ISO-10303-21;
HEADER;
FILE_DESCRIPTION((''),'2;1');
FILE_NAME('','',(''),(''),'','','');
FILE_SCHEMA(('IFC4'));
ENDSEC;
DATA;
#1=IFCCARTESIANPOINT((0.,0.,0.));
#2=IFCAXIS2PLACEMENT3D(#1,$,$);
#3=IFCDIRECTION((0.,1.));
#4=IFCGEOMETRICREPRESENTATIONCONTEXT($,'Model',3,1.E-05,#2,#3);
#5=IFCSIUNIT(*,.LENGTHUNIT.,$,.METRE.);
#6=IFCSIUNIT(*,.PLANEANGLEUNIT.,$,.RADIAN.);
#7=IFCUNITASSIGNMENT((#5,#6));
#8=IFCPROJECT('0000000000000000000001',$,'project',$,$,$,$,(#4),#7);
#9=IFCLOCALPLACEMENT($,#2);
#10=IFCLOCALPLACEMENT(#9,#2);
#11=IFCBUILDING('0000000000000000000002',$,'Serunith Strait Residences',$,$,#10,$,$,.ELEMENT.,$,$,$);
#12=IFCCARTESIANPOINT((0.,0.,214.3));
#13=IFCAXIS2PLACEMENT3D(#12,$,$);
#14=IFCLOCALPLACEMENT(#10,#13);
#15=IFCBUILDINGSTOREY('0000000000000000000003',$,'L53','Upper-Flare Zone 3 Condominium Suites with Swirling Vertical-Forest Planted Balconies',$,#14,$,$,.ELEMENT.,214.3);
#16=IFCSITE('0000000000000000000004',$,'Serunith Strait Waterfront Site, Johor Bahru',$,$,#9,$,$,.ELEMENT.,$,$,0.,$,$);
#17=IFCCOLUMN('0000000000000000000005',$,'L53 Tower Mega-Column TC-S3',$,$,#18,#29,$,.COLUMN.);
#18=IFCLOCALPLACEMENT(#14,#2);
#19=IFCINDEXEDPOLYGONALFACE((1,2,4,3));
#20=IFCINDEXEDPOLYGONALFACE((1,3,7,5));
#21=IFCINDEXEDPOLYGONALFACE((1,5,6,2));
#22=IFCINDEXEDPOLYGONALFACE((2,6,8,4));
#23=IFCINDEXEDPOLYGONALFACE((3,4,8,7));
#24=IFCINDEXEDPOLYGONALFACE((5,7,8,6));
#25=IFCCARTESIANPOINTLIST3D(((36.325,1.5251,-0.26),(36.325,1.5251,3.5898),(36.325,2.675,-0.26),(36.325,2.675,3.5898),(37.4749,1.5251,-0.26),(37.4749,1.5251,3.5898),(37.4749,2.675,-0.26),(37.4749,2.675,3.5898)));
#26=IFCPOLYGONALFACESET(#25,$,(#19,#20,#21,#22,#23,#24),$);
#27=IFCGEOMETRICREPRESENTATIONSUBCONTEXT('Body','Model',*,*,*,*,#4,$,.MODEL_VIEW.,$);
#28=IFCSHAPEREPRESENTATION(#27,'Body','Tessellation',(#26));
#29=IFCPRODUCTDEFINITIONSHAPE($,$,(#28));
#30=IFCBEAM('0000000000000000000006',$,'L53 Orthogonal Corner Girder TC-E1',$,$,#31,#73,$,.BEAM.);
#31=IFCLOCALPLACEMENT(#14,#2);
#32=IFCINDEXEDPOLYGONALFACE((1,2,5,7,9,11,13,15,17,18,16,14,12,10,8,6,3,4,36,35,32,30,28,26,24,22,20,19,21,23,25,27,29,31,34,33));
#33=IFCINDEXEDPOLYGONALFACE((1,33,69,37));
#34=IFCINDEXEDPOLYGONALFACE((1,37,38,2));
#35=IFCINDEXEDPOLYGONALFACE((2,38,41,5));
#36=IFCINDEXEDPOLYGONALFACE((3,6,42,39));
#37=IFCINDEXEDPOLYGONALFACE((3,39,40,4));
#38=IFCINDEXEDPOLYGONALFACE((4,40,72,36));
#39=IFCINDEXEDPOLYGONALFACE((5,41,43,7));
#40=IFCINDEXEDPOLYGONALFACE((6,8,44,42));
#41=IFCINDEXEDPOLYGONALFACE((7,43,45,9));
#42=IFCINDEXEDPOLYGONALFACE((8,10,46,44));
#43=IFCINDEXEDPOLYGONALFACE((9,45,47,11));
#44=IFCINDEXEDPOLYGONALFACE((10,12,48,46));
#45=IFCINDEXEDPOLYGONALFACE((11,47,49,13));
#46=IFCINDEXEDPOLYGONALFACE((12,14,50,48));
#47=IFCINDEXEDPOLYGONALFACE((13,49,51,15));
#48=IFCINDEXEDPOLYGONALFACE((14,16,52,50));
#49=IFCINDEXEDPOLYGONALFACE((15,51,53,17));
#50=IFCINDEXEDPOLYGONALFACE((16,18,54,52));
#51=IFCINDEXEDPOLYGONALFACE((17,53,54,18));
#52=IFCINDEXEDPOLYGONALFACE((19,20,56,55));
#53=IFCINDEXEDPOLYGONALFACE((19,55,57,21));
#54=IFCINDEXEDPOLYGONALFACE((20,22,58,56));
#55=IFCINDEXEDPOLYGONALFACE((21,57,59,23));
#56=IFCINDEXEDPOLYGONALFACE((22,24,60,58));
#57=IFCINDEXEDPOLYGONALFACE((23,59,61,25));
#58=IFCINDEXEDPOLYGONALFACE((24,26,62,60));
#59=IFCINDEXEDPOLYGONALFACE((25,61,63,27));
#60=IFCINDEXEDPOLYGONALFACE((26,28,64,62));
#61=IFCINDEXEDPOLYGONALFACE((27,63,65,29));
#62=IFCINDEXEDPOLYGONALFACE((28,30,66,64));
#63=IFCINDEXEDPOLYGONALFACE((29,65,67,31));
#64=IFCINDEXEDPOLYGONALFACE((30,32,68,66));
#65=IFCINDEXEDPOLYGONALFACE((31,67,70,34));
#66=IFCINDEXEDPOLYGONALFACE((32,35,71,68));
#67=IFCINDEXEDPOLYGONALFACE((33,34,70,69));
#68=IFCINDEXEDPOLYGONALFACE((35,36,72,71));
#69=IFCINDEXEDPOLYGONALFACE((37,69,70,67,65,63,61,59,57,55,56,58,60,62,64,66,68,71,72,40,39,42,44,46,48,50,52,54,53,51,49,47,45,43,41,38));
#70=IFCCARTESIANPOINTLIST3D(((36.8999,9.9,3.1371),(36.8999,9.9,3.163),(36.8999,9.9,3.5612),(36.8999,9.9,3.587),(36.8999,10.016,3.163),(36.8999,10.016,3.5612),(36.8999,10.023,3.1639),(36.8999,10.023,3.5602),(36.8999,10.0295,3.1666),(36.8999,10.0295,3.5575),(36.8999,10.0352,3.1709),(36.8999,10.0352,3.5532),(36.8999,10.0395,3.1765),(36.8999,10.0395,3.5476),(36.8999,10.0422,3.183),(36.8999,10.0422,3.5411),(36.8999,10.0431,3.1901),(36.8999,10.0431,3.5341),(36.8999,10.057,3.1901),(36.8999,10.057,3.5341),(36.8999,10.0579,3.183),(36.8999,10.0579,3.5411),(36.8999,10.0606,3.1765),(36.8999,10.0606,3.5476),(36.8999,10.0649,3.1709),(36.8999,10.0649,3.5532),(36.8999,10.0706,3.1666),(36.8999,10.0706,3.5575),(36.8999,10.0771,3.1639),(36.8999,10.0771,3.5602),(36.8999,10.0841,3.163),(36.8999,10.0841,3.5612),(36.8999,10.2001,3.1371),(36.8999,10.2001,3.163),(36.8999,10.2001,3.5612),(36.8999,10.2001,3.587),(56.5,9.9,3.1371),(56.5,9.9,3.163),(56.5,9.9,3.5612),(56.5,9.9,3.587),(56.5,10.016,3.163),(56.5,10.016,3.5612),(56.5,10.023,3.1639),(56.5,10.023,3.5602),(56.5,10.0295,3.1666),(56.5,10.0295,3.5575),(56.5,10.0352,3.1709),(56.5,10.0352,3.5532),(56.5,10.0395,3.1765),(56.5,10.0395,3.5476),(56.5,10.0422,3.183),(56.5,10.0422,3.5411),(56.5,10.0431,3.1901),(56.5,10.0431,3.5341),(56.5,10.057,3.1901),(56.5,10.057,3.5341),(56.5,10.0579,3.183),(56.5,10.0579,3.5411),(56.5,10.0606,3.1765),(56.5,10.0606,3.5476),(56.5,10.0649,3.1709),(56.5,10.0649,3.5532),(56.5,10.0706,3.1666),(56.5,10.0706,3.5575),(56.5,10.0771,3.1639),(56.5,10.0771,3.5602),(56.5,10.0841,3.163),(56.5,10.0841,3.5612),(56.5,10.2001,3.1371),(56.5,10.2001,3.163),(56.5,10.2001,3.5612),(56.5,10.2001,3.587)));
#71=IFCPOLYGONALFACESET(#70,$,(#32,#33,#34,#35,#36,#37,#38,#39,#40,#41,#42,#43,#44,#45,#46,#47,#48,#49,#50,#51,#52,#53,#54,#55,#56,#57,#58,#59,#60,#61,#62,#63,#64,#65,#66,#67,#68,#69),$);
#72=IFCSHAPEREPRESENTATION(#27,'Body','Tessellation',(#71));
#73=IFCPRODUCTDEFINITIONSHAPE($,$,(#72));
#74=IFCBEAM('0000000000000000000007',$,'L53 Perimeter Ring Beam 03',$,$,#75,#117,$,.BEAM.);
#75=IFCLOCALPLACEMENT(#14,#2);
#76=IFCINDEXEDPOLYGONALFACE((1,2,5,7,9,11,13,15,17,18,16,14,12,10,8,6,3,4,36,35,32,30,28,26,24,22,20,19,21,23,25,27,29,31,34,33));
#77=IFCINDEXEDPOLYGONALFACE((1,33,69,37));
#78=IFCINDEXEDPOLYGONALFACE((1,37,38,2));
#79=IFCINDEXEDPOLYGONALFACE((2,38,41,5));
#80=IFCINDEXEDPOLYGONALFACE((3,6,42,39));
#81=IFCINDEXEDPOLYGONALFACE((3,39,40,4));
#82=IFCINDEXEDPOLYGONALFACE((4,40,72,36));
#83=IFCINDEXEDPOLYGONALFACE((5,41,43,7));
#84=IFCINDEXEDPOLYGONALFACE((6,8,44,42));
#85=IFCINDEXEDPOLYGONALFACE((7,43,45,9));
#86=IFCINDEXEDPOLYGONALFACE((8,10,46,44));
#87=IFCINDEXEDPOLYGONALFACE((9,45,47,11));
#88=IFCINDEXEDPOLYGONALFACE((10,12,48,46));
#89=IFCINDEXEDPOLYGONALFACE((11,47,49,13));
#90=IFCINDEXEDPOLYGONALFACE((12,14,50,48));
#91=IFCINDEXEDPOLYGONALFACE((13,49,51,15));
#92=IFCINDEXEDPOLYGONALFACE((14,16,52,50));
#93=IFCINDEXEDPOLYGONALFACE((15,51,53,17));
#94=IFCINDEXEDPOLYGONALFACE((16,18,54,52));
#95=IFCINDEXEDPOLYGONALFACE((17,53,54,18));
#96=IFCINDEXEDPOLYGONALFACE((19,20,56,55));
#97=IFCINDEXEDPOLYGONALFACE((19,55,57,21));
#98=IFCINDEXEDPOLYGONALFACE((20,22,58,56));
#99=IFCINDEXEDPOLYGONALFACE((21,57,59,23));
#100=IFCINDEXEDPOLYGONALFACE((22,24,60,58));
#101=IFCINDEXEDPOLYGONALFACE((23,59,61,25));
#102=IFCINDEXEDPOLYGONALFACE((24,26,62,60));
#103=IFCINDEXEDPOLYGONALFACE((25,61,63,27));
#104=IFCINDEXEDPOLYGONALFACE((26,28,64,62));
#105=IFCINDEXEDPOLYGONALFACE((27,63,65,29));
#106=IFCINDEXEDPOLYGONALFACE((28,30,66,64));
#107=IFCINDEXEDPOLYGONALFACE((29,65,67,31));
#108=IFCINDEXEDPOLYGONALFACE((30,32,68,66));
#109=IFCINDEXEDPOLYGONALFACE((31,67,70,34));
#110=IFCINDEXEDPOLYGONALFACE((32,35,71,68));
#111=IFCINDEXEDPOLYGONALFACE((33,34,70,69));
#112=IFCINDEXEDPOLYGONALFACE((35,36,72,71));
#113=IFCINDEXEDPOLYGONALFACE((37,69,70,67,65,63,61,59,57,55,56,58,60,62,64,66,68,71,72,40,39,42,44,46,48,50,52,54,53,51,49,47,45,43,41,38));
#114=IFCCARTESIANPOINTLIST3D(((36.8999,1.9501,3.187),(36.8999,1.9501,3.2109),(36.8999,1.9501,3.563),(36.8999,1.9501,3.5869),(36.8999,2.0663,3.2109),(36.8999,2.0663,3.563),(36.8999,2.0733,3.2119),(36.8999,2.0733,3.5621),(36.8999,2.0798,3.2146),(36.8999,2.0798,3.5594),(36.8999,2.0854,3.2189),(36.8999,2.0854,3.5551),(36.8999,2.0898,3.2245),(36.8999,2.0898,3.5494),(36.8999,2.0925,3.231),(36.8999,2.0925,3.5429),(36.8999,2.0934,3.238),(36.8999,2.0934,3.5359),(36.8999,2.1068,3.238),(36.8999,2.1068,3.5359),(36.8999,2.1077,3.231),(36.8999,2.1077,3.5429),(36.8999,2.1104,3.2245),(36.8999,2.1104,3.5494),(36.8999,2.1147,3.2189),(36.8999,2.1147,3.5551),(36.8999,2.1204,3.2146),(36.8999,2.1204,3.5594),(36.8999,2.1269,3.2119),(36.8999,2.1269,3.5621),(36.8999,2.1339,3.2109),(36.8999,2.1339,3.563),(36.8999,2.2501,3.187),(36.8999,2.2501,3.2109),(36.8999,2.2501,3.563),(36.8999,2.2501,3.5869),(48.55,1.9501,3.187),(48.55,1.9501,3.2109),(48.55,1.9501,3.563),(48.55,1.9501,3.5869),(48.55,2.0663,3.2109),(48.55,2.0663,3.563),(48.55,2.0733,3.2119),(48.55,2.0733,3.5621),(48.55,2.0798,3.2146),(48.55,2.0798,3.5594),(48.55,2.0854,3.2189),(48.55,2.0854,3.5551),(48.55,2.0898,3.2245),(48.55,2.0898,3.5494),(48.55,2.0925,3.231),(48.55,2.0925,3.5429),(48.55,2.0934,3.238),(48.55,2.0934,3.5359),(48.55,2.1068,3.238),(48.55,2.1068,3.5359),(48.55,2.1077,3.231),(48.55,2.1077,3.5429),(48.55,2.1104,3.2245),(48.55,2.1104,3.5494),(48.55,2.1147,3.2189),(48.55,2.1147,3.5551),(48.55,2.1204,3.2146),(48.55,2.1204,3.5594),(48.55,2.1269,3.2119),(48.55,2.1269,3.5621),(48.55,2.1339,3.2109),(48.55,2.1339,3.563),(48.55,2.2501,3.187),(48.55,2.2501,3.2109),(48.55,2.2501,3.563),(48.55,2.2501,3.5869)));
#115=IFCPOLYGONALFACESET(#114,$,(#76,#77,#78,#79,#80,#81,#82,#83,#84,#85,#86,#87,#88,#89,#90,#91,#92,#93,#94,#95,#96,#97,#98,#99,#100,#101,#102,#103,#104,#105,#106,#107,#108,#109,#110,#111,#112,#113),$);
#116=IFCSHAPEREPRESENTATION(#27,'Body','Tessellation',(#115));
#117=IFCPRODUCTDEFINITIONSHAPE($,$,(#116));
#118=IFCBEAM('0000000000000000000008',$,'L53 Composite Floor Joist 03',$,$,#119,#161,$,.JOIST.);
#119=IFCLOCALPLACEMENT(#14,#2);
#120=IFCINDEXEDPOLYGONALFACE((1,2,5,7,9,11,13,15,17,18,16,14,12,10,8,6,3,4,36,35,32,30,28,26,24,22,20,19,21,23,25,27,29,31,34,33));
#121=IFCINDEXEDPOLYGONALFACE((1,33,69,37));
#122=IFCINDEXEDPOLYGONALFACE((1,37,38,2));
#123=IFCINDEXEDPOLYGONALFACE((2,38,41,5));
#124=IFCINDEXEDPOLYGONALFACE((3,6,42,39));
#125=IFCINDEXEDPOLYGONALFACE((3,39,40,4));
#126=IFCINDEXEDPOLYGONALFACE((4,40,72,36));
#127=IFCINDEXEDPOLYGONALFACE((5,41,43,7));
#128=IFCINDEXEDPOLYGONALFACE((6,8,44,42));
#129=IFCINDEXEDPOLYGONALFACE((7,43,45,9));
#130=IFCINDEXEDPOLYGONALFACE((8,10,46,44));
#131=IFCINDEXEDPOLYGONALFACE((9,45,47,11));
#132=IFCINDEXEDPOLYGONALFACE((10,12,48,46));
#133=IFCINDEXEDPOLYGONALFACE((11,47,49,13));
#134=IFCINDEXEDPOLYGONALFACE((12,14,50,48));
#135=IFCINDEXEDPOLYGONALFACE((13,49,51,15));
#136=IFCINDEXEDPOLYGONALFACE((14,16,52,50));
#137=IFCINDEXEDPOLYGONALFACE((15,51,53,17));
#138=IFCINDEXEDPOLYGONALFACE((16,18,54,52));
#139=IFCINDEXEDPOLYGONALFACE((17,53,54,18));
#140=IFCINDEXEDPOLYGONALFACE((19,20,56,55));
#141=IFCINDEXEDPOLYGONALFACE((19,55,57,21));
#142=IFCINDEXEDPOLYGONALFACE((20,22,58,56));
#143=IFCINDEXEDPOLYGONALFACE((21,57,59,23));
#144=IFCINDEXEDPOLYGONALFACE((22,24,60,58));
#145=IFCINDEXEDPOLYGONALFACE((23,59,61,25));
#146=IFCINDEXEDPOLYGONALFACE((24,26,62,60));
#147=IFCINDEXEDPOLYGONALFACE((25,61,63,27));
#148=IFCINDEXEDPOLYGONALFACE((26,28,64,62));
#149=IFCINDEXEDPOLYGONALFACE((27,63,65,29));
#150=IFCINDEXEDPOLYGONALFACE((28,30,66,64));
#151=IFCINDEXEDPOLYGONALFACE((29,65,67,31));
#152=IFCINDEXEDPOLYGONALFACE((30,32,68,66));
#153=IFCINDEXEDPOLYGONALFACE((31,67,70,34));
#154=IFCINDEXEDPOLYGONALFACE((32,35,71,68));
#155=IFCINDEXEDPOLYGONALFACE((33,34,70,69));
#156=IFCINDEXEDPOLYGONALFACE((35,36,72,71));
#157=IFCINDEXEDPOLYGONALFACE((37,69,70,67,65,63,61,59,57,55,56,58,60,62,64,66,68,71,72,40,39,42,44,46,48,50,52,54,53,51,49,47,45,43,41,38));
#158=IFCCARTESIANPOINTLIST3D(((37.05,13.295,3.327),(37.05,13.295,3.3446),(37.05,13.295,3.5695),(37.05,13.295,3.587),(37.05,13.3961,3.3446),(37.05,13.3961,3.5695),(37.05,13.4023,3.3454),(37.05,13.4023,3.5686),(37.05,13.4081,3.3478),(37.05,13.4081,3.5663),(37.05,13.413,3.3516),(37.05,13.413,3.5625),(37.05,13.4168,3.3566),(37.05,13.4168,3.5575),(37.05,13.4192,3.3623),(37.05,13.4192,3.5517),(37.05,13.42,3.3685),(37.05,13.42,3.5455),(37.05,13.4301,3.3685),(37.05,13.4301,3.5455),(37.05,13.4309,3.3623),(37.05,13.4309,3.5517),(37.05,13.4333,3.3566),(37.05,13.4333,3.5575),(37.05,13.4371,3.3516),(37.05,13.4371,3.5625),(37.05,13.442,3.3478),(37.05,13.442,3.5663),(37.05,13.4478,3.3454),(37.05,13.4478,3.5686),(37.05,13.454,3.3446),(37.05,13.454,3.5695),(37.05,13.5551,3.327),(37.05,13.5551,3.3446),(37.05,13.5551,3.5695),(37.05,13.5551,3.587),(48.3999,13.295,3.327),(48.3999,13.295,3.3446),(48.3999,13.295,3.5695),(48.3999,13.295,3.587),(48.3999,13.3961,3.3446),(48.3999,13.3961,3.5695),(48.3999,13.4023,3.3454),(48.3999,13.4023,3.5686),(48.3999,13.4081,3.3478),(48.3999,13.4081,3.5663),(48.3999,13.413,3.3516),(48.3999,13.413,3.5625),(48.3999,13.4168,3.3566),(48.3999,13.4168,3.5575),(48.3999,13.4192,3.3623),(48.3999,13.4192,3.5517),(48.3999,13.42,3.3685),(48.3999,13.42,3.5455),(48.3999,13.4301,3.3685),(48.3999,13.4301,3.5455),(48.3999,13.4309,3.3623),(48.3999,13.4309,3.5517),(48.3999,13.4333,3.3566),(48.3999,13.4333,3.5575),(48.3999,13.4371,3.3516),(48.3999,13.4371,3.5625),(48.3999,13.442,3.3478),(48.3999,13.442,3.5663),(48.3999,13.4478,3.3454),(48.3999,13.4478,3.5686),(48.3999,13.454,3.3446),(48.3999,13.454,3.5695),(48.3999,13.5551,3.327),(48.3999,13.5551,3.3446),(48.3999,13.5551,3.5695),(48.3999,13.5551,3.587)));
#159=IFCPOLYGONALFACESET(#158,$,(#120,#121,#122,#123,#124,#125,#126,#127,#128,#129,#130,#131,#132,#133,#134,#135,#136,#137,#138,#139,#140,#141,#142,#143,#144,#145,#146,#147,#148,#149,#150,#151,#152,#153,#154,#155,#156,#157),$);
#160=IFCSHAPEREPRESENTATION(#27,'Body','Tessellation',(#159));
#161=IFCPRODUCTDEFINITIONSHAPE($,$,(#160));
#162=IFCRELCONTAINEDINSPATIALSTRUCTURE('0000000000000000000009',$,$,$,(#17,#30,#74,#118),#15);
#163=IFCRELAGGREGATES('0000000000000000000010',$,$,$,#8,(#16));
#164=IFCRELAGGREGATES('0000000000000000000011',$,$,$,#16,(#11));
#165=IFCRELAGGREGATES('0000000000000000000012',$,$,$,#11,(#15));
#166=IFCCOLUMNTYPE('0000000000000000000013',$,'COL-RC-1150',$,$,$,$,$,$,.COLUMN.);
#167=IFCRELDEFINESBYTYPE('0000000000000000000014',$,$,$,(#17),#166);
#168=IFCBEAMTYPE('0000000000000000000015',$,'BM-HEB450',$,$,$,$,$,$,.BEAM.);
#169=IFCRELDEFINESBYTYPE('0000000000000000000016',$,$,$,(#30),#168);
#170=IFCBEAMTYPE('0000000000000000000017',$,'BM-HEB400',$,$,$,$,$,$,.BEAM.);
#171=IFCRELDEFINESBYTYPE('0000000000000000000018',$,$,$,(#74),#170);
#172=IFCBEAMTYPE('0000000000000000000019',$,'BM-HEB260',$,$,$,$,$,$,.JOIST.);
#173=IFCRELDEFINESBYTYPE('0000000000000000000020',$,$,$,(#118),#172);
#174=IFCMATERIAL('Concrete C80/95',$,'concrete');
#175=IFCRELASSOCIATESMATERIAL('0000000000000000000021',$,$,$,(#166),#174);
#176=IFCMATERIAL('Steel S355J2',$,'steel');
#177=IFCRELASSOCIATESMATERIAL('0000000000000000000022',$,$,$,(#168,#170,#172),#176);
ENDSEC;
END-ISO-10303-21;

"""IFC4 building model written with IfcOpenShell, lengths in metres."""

from ifc_helpers import new_model, si_unit, direction, frame, origin, origin_2d, place, context, subcontext, project, spatial, rectangle, i_section, extrude, source, transform, mapped, material, material_profile, profile_set, type_object, element, save


model = new_model("IFC4")

# Units and contexts
model_context = context("Model", 3, precision=1e-05, world=origin(), true_north=direction((0.0, 1.0)))
body_context = subcontext(model_context, "Body", "Model", "MODEL_VIEW")
ifc_project = project(units=[si_unit("LENGTHUNIT", "METRE"), si_unit("PLANEANGLEUNIT", "RADIAN")], contexts=[model_context])

# Site, building, storey
site_placement = place(None, origin())
site = spatial("IfcSite", under=ifc_project, at=site_placement, Name="Serunith Strait Waterfront Site, Johor Bahru", CompositionType="ELEMENT", RefElevation=0.0)
building_placement = place(site_placement, origin())
building = spatial("IfcBuilding", under=site, at=building_placement, Name="Serunith Strait Residences", CompositionType="ELEMENT")
storey_placement = place(building_placement, frame((0.0, 0.0, 214.3)))
storey = spatial("IfcBuildingStorey", under=building, at=storey_placement, Name="L53", Description="Upper-Flare Zone 3 Condominium Suites with Swirling Vertical-Forest Planted Balconies", CompositionType="ELEMENT", Elevation=214.3)

# Column
ifc_material_1 = material(Name="Concrete C80/95", Category="concrete")
ifc_material_profile_1 = material_profile(ifc_material_1, rectangle(XDim=1.1499, YDim=1.1499, at=origin_2d()), Name="RC 1150x1150")
ifc_profile_set_1 = profile_set([ifc_material_profile_1], Name="Concrete C80/95")
column_type = type_object("IfcColumnType", Name="COL-RC-1150", PredefinedType="COLUMN", material=ifc_profile_set_1)
shared_shape_1 = source(origin(), body_context, "Body", "SweptSolid", [
    extrude(rectangle(XDim=1.1499, YDim=1.1499, at=origin_2d()), origin(), (0.0, 0.0, 1.0), 3.8499),
])
column_placement = place(storey_placement, frame((36.8999, 2.1001, -0.26), z_axis=(0.0, 0.0, 1.0), x_axis=(1.0, 0.0, 0.0)))
element("IfcColumn", 1, at=column_placement, inside=storey, type_object=column_type, Name="L53 Tower Mega-Column TC-S3", PredefinedType="COLUMN", context=body_context, shape_type="MappedRepresentation", body=[
    mapped(shared_shape_1, transform((0.0, 0.0, 0.0), scale=1.0)),
])

# Beams
ifc_material_2 = material(Name="Steel S355J2", Category="steel")
ifc_material_profile_2 = material_profile(ifc_material_2, i_section(OverallWidth=0.3, OverallDepth=0.45, WebThickness=0.0139, FlangeThickness=0.0259, FilletRadius=0.0271, at=origin_2d()), Name="HEB 450")
ifc_profile_set_2 = profile_set([ifc_material_profile_2], Name="Steel S355J2")
beam_type_1 = type_object("IfcBeamType", Name="BM-HEB450", PredefinedType="BEAM", material=ifc_profile_set_2)
shared_shape_2 = source(origin(), body_context, "Body", "SweptSolid", [
    extrude(i_section(OverallWidth=0.3, OverallDepth=0.45, WebThickness=0.0139, FlangeThickness=0.0259, FilletRadius=0.0271, at=origin_2d()), origin(), (0.0, 0.0, 1.0), 19.6001),
])
beam_1_placement = place(storey_placement, frame((36.8999, 10.05, 3.3621), z_axis=(1.0, 0.0, 0.0), x_axis=(0.0, 1.0, 0.0)))
element("IfcBeam", 2, at=beam_1_placement, inside=storey, type_object=beam_type_1, Name="L53 Orthogonal Corner Girder TC-E1", PredefinedType="BEAM", context=body_context, shape_type="MappedRepresentation", body=[
    mapped(shared_shape_2, transform((0.0, 0.0, 0.0), scale=1.0)),
])
ifc_material_profile_3 = material_profile(ifc_material_2, i_section(OverallWidth=0.3, OverallDepth=0.3999, WebThickness=0.0134, FlangeThickness=0.0239, FilletRadius=0.0271, at=origin_2d()), Name="HEB 400")
ifc_profile_set_3 = profile_set([ifc_material_profile_3], Name="Steel S355J2")
beam_type_2 = type_object("IfcBeamType", Name="BM-HEB400", PredefinedType="BEAM", material=ifc_profile_set_3)
shared_shape_3 = source(origin(), body_context, "Body", "SweptSolid", [
    extrude(i_section(OverallWidth=0.3, OverallDepth=0.3999, WebThickness=0.0134, FlangeThickness=0.0239, FilletRadius=0.0271, at=origin_2d()), origin(), (0.0, 0.0, 1.0), 11.6501),
])
beam_2_placement = place(storey_placement, frame((36.8999, 2.1001, 3.387), z_axis=(1.0, 0.0, 0.0), x_axis=(0.0, 1.0, 0.0)))
element("IfcBeam", 3, at=beam_2_placement, inside=storey, type_object=beam_type_2, Name="L53 Perimeter Ring Beam 03", PredefinedType="BEAM", context=body_context, shape_type="MappedRepresentation", body=[
    mapped(shared_shape_3, transform((0.0, 0.0, 0.0), scale=1.0)),
])
ifc_material_profile_4 = material_profile(ifc_material_2, i_section(OverallWidth=0.26, OverallDepth=0.26, WebThickness=0.01, FlangeThickness=0.0176, FilletRadius=0.0239, at=origin_2d()), Name="HEB 260")
ifc_profile_set_4 = profile_set([ifc_material_profile_4], Name="Steel S355J2")
beam_type_3 = type_object("IfcBeamType", Name="BM-HEB260", PredefinedType="JOIST", material=ifc_profile_set_4)
shared_shape_4 = source(origin(), body_context, "Body", "SweptSolid", [
    extrude(i_section(OverallWidth=0.26, OverallDepth=0.26, WebThickness=0.01, FlangeThickness=0.0176, FilletRadius=0.0239, at=origin_2d()), origin(), (0.0, 0.0, 1.0), 11.3499),
])
beam_3_placement = place(storey_placement, frame((37.05, 13.425, 3.457), z_axis=(1.0, 0.0, 0.0), x_axis=(0.0, 1.0, 0.0)))
element("IfcBeam", 4, at=beam_3_placement, inside=storey, type_object=beam_type_3, Name="L53 Composite Floor Joist 03", PredefinedType="JOIST", context=body_context, shape_type="MappedRepresentation", body=[
    mapped(shared_shape_4, transform((0.0, 0.0, 0.0), scale=1.0)),
])

save(model, "model.ifc")
